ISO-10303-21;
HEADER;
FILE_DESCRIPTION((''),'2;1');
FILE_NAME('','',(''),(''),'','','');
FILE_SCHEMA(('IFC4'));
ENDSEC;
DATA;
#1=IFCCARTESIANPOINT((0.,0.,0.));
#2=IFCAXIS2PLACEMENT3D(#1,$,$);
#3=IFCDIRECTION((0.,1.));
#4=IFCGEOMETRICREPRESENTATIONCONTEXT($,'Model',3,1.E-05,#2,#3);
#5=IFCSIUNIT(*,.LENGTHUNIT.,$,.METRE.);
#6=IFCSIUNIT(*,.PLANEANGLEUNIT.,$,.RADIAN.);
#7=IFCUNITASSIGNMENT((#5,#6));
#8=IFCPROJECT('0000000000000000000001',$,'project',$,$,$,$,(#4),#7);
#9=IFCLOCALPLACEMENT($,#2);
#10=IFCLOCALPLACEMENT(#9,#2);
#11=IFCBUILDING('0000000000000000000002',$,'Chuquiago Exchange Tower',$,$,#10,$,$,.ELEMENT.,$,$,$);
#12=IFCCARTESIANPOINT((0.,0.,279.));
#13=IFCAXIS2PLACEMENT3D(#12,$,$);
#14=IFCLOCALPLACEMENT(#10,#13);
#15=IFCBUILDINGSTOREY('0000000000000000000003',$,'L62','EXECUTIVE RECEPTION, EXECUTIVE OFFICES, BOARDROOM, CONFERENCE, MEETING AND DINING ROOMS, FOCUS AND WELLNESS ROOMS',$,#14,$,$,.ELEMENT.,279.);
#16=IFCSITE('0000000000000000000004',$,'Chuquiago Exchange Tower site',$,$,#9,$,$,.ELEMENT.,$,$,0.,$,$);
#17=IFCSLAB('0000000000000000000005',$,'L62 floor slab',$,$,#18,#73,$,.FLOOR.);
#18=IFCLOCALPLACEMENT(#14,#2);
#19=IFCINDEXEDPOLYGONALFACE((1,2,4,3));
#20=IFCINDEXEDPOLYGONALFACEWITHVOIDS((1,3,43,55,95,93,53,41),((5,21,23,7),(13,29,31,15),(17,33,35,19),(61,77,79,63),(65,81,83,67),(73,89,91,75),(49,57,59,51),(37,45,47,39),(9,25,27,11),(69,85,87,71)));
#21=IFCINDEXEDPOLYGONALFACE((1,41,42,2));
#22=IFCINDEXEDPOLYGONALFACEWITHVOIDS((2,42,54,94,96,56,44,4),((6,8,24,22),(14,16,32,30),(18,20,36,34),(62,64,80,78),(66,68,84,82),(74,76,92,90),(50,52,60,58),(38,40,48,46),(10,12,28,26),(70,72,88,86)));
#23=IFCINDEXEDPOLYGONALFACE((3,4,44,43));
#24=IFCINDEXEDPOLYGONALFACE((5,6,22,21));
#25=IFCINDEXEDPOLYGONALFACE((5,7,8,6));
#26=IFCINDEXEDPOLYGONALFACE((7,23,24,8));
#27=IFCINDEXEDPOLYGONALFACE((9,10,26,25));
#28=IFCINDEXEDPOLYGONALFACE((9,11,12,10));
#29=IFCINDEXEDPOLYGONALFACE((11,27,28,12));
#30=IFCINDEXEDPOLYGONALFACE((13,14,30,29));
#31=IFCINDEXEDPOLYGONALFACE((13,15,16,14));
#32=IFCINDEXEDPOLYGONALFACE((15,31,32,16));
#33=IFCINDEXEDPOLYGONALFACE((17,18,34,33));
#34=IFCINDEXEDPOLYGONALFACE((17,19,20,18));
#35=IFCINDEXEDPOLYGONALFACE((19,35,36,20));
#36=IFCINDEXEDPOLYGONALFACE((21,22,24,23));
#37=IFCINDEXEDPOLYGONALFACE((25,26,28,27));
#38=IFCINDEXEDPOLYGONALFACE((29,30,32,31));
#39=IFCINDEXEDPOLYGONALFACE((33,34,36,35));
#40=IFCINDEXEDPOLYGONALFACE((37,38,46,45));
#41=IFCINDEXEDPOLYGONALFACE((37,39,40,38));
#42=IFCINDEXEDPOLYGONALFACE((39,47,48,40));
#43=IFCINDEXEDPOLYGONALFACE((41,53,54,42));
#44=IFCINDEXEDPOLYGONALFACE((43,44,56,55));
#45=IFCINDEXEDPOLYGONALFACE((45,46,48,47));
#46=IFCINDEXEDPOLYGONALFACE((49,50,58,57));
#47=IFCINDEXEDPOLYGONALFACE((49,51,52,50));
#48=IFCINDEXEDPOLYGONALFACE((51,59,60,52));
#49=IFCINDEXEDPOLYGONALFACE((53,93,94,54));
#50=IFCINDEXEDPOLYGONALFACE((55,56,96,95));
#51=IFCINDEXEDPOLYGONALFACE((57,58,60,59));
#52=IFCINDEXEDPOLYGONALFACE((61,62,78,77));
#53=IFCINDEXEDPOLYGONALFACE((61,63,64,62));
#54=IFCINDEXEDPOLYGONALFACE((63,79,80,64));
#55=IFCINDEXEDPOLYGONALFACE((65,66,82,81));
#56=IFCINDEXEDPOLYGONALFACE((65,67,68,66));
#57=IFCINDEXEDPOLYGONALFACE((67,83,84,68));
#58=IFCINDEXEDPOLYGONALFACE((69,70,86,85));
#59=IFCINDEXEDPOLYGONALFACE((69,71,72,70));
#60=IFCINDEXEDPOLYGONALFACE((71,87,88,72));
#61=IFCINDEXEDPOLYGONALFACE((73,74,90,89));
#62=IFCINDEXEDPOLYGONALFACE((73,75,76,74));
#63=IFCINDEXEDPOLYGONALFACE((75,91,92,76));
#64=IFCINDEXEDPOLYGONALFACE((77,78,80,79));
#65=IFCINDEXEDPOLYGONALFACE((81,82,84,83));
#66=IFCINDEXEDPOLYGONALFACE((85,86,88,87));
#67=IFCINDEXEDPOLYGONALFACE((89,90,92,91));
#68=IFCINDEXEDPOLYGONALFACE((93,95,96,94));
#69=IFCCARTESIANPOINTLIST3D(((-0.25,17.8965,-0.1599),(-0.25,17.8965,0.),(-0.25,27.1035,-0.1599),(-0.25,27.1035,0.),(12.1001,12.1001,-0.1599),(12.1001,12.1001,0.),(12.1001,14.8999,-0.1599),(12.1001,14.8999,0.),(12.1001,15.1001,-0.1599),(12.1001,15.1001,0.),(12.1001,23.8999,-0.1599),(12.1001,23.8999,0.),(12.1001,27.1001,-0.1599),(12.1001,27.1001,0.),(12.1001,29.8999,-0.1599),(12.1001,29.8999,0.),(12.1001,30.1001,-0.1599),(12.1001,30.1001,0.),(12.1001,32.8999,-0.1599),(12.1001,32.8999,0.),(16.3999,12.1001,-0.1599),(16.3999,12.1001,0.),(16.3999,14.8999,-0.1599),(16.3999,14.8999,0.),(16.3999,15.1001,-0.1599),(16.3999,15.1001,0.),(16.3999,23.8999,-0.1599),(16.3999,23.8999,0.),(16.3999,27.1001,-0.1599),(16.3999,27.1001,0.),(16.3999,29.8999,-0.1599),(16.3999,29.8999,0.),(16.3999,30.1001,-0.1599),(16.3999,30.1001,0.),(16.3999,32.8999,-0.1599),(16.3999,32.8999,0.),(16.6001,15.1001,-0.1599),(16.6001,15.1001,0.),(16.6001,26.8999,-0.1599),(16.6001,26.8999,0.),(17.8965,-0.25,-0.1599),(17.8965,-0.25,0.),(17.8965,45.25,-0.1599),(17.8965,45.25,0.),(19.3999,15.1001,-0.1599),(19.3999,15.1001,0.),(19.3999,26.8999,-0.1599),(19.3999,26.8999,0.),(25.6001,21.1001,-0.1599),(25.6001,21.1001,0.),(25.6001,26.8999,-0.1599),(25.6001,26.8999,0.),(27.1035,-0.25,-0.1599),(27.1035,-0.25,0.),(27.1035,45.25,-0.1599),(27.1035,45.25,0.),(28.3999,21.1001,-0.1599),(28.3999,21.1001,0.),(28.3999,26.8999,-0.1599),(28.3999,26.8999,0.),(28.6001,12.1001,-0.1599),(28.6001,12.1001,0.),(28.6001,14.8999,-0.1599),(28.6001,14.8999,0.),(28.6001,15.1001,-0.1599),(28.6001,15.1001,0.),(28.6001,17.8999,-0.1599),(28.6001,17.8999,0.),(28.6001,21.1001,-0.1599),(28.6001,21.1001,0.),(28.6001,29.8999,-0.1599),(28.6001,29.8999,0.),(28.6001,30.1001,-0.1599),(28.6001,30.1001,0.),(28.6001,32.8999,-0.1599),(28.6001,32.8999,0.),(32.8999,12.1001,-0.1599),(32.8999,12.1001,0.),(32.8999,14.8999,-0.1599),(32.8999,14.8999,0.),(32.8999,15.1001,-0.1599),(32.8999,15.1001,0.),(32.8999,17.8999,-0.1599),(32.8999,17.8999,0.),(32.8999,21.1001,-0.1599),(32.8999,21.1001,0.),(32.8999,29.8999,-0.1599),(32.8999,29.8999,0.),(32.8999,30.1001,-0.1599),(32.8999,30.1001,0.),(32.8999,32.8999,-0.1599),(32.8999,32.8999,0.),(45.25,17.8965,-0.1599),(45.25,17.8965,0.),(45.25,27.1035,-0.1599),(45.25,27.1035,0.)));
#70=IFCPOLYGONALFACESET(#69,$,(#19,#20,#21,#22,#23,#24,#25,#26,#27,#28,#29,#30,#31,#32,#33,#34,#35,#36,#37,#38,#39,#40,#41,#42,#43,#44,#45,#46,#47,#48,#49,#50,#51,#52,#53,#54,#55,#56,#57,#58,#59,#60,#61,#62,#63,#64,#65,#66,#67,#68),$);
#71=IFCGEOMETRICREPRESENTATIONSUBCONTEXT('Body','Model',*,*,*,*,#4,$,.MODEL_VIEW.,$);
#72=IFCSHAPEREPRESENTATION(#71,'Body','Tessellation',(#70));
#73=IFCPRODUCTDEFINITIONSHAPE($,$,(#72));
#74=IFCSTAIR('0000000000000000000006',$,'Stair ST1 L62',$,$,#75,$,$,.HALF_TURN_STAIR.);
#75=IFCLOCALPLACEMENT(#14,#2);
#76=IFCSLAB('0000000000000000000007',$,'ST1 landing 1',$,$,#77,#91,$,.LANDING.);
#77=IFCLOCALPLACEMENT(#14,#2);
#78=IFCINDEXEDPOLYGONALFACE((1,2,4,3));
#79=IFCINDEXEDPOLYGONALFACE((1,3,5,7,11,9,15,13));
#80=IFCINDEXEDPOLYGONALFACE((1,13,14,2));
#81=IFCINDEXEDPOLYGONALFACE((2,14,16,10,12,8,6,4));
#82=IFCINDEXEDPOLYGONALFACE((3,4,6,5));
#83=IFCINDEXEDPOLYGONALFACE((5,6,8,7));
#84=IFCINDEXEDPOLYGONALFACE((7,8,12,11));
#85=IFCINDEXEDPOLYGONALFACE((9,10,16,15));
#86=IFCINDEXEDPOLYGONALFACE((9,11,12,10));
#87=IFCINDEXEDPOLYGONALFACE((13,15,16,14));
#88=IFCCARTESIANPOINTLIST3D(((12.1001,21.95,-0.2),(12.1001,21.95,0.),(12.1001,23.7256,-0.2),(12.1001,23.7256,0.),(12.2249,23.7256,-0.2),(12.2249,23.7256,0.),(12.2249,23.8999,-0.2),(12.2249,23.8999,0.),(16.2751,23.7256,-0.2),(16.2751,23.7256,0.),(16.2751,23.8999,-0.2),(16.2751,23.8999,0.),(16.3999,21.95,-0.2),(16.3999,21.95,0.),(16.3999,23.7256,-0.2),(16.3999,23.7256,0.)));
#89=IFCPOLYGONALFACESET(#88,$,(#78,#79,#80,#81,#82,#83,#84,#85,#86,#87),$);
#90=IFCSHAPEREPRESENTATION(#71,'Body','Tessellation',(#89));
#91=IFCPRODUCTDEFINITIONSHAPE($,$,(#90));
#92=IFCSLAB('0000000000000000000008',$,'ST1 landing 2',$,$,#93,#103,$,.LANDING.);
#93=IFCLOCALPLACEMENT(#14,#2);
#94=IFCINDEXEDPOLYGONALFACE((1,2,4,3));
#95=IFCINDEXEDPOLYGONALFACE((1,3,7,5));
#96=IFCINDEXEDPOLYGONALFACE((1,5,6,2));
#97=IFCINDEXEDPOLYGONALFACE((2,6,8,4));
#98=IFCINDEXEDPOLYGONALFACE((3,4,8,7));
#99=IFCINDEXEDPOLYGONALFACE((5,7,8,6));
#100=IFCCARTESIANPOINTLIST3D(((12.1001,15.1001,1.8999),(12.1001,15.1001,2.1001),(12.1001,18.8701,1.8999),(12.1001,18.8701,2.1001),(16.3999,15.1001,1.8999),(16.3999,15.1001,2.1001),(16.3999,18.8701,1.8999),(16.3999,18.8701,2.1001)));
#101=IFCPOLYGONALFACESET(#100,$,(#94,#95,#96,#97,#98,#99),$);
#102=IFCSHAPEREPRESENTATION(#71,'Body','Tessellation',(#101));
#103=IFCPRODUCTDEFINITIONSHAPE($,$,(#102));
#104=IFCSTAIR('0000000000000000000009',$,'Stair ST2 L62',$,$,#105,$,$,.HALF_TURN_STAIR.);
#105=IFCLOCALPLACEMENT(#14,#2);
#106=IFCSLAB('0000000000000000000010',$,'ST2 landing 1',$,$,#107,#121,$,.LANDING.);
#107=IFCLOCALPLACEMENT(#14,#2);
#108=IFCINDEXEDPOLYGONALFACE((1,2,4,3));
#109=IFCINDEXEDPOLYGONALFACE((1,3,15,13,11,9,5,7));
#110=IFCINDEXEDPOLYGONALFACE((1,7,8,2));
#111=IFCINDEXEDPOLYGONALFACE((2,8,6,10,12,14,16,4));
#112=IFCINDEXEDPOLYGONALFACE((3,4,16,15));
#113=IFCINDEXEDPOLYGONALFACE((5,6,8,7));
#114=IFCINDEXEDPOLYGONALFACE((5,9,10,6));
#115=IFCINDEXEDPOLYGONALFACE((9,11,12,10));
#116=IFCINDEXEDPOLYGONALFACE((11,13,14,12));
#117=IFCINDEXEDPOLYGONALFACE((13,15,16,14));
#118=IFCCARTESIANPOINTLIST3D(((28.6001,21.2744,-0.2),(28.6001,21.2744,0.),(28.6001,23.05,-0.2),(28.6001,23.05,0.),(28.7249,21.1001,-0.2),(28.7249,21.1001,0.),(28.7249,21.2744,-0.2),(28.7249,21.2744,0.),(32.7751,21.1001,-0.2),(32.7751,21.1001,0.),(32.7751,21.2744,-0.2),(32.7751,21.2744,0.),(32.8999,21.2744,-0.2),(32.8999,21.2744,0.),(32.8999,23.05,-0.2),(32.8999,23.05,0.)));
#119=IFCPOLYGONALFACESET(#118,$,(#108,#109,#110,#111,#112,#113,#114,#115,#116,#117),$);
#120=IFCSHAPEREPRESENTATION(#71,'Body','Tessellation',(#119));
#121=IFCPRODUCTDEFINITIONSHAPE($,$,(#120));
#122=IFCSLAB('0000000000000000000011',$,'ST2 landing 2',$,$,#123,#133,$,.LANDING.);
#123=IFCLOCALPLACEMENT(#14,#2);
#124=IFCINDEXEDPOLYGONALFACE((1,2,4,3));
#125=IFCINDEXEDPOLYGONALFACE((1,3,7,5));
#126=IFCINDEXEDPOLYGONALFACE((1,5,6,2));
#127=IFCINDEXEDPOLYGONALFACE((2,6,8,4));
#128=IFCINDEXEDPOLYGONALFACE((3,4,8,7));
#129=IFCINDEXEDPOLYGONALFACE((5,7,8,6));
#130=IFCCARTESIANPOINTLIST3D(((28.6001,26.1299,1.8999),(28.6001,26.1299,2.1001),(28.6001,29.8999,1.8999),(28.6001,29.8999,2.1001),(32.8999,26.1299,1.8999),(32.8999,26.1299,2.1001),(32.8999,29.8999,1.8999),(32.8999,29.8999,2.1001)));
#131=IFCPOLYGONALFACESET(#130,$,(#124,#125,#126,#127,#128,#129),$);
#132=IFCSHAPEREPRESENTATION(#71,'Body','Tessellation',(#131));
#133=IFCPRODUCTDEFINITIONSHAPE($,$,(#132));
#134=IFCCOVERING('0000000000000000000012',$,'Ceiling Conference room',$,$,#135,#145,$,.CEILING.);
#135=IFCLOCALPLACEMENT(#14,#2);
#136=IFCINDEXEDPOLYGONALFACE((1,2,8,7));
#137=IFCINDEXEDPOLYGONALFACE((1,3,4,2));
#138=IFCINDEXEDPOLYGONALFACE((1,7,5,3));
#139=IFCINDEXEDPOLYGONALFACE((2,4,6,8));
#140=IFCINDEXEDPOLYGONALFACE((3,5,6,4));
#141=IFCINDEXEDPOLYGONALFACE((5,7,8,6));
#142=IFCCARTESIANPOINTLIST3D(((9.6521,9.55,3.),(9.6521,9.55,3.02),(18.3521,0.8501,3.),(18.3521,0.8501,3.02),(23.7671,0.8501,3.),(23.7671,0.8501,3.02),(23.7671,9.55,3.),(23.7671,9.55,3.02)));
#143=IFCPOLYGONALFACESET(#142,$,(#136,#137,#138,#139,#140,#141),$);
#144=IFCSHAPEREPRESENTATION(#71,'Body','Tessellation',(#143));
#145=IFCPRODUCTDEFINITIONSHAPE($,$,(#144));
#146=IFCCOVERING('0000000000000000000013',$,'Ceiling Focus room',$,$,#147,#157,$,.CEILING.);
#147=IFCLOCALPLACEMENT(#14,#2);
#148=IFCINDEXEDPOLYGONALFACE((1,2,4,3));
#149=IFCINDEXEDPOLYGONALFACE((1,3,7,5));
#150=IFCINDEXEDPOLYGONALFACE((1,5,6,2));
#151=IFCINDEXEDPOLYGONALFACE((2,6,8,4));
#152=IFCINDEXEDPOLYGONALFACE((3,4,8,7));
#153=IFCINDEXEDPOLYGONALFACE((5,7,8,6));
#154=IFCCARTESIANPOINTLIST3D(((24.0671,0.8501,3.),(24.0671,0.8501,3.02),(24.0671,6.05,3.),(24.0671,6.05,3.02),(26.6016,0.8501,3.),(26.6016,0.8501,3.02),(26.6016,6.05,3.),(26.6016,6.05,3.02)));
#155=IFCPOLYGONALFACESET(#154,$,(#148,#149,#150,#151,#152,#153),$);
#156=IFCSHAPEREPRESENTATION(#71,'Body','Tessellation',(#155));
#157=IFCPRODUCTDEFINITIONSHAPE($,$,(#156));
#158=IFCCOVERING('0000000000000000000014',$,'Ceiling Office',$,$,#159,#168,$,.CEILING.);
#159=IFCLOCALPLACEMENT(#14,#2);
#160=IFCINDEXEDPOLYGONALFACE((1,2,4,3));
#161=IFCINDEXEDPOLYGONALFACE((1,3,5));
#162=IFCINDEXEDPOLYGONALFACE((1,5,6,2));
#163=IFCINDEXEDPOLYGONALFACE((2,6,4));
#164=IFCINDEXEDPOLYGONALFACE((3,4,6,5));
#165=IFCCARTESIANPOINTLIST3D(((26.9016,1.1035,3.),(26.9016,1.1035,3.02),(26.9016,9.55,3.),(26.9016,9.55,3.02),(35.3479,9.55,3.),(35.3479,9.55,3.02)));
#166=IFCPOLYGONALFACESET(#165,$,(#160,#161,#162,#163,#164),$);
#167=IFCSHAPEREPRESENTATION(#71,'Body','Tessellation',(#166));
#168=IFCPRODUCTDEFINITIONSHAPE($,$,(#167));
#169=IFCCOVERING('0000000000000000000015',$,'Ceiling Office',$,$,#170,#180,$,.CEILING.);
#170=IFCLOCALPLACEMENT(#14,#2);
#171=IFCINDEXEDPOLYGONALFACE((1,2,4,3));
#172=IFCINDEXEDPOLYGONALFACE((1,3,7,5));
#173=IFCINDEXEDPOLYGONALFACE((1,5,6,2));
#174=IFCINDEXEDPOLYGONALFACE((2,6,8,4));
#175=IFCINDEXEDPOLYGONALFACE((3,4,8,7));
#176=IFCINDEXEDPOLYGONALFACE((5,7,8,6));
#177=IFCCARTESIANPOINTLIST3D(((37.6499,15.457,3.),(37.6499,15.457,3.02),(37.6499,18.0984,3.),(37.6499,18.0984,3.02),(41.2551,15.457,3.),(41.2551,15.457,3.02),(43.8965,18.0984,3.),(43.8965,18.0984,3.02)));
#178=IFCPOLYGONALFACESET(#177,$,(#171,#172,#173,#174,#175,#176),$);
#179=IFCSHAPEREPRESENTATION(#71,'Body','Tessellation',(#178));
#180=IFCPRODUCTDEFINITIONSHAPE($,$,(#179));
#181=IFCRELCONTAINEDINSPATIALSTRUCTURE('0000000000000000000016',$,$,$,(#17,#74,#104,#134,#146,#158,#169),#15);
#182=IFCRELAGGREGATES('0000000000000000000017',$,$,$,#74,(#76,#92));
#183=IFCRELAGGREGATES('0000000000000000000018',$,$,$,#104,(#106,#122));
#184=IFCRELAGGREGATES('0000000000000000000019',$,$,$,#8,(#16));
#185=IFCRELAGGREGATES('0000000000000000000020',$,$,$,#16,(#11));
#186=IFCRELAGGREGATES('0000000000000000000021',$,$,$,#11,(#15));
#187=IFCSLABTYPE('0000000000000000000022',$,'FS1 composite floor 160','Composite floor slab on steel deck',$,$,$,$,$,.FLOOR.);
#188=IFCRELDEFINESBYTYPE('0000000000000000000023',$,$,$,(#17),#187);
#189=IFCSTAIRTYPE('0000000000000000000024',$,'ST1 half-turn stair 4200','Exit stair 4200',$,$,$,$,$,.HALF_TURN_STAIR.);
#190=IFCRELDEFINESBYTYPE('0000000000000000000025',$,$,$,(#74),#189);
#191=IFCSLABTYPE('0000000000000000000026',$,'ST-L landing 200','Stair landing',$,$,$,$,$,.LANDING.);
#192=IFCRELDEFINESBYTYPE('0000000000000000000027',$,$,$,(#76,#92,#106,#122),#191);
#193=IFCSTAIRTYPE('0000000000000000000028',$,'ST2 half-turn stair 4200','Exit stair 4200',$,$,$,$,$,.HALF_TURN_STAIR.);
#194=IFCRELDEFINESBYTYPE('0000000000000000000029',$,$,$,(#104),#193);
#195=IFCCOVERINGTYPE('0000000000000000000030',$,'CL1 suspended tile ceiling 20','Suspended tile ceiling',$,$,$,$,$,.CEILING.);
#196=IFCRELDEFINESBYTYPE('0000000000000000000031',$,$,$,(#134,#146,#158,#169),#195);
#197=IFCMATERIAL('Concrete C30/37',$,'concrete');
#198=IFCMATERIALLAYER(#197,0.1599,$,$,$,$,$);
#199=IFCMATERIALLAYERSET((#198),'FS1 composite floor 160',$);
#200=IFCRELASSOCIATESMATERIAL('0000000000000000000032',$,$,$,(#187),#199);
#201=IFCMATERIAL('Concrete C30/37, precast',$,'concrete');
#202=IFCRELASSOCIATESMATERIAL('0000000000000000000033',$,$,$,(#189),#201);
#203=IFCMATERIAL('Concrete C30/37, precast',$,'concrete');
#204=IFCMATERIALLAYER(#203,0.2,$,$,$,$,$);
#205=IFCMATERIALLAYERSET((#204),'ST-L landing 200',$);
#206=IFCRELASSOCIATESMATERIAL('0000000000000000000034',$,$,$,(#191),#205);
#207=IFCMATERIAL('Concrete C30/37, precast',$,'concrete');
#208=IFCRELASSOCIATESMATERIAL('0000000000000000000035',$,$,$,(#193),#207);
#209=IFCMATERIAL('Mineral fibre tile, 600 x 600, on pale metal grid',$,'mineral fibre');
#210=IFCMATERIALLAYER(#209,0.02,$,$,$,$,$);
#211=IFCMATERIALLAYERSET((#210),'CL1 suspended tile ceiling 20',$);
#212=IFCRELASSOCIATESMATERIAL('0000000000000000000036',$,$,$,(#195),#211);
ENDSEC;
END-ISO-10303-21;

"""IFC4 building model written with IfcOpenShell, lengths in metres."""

from ifc_helpers import new_model, si_unit, direction, frame, origin, place, context, subcontext, project, spatial, polyline, outline, extrude, material, layer, layer_set, type_object, element, aggregate, save


model = new_model("IFC4")

# Units and contexts
model_context = context("Model", 3, precision=1e-05, world=origin(), true_north=direction((0.0, 1.0)))
body_context = subcontext(model_context, "Body", "Model", "MODEL_VIEW")
ifc_project = project(units=[si_unit("LENGTHUNIT", "METRE"), si_unit("PLANEANGLEUNIT", "RADIAN")], contexts=[model_context])

# Site, building, storey
site_placement = place(None, origin())
site = spatial("IfcSite", under=ifc_project, at=site_placement, Name="Chuquiago Exchange Tower site", CompositionType="ELEMENT", RefElevation=0.0)
building_placement = place(site_placement, origin())
building = spatial("IfcBuilding", under=site, at=building_placement, Name="Chuquiago Exchange Tower", CompositionType="ELEMENT")
storey_placement = place(building_placement, frame((0.0, 0.0, 279.0)))
storey = spatial("IfcBuildingStorey", under=building, at=storey_placement, Name="L62", Description="EXECUTIVE RECEPTION, EXECUTIVE OFFICES, BOARDROOM, CONFERENCE, MEETING AND DINING ROOMS, FOCUS AND WELLNESS ROOMS", CompositionType="ELEMENT", Elevation=279.0)

# Slab
ifc_material_1 = material(Name="Concrete C30/37", Category="concrete")
ifc_layer_1 = layer(ifc_material_1, 0.1599)
ifc_layer_set_1 = layer_set([ifc_layer_1], Name="FS1 composite floor 160")
slab_type_1 = type_object("IfcSlabType", Name="FS1 composite floor 160", Description="Composite floor slab on steel deck", PredefinedType="FLOOR", material=ifc_layer_set_1)
slab_1_placement = place(storey_placement, frame((0.0, 0.0, -0.1599)))
element("IfcSlab", 1, at=slab_1_placement, inside=storey, type_object=slab_type_1, Name="L62 floor slab", PredefinedType="FLOOR", context=body_context, shape_type="SweptSolid", body=[
    extrude(outline(polyline([(17.8965, -0.25), (-0.25, 17.8965), (-0.25, 27.1035), (17.8965, 45.25), (27.1035, 45.25), (45.25, 27.1035), (45.25, 17.8965), (27.1035, -0.25), (17.8965, -0.25)]), holes=[polyline([(16.3999, 15.1001), (12.1001, 15.1001), (12.1001, 23.8999), (16.3999, 23.8999), (16.3999, 15.1001)]), polyline([(32.8999, 21.1001), (28.6001, 21.1001), (28.6001, 29.8999), (32.8999, 29.8999), (32.8999, 21.1001)]), polyline([(16.3999, 12.1001), (12.1001, 12.1001), (12.1001, 14.8999), (16.3999, 14.8999), (16.3999, 12.1001)]), polyline([(16.3999, 30.1001), (12.1001, 30.1001), (12.1001, 32.8999), (16.3999, 32.8999), (16.3999, 30.1001)]), polyline([(32.8999, 12.1001), (28.6001, 12.1001), (28.6001, 14.8999), (32.8999, 14.8999), (32.8999, 12.1001)]), polyline([(32.8999, 30.1001), (28.6001, 30.1001), (28.6001, 32.8999), (32.8999, 32.8999), (32.8999, 30.1001)]), polyline([(16.3999, 27.1001), (12.1001, 27.1001), (12.1001, 29.8999), (16.3999, 29.8999), (16.3999, 27.1001)]), polyline([(32.8999, 15.1001), (28.6001, 15.1001), (28.6001, 17.8999), (32.8999, 17.8999), (32.8999, 15.1001)]), polyline([(19.3999, 15.1001), (16.6001, 15.1001), (16.6001, 26.8999), (19.3999, 26.8999), (19.3999, 15.1001)]), polyline([(28.3999, 21.1001), (25.6001, 21.1001), (25.6001, 26.8999), (28.3999, 26.8999), (28.3999, 21.1001)])]), origin(), (0.0, 0.0, 1.0), 0.1599),
])

# Stairs, slabs
ifc_material_2 = material(Name="Concrete C30/37, precast", Category="concrete")
stair_type_1 = type_object("IfcStairType", Name="ST1 half-turn stair 4200", Description="Exit stair 4200", PredefinedType="HALF_TURN_STAIR", material=ifc_material_2)
stair_1_placement = place(storey_placement, origin())
stair_1 = element("IfcStair", 2, at=stair_1_placement, inside=storey, type_object=stair_type_1, Name="Stair ST1 L62", PredefinedType="HALF_TURN_STAIR")
ifc_material_3 = material(Name="Concrete C30/37, precast", Category="concrete")
ifc_layer_2 = layer(ifc_material_3, 0.2)
ifc_layer_set_2 = layer_set([ifc_layer_2], Name="ST-L landing 200")
slab_type_2 = type_object("IfcSlabType", Name="ST-L landing 200", Description="Stair landing", PredefinedType="LANDING", material=ifc_layer_set_2)
slab_2_placement = place(storey_placement, frame((0.0, 0.0, -0.2)))
slab_2 = element("IfcSlab", 3, at=slab_2_placement, type_object=slab_type_2, Name="ST1 landing 1", PredefinedType="LANDING", context=body_context, shape_type="SweptSolid", body=[
    extrude(outline(polyline([(12.2249, 23.8999), (16.2751, 23.8999), (16.2751, 23.7256), (16.3999, 23.7256), (16.3999, 21.95), (12.1001, 21.95), (12.1001, 23.7256), (12.2249, 23.7256), (12.2249, 23.8999)])), origin(), (0.0, 0.0, 1.0), 0.2),
])
slab_3_placement = place(storey_placement, frame((0.0, 0.0, 1.8999)))
slab_3 = element("IfcSlab", 4, at=slab_3_placement, type_object=slab_type_2, Name="ST1 landing 2", PredefinedType="LANDING", context=body_context, shape_type="SweptSolid", body=[
    extrude(outline(polyline([(12.1001, 18.8701), (16.3999, 18.8701), (16.3999, 15.1001), (12.1001, 15.1001), (12.1001, 18.8701)])), origin(), (0.0, 0.0, 1.0), 0.2002),
])
aggregate(stair_1, [slab_2, slab_3])
ifc_material_4 = material(Name="Concrete C30/37, precast", Category="concrete")
stair_type_2 = type_object("IfcStairType", Name="ST2 half-turn stair 4200", Description="Exit stair 4200", PredefinedType="HALF_TURN_STAIR", material=ifc_material_4)
stair_2_placement = place(storey_placement, origin())
stair_2 = element("IfcStair", 5, at=stair_2_placement, inside=storey, type_object=stair_type_2, Name="Stair ST2 L62", PredefinedType="HALF_TURN_STAIR")
slab_4_placement = place(storey_placement, frame((0.0, 0.0, -0.2)))
slab_4 = element("IfcSlab", 6, at=slab_4_placement, type_object=slab_type_2, Name="ST2 landing 1", PredefinedType="LANDING", context=body_context, shape_type="SweptSolid", body=[
    extrude(outline(polyline([(32.7751, 21.2744), (32.7751, 21.1001), (28.7249, 21.1001), (28.7249, 21.2744), (28.6001, 21.2744), (28.6001, 23.05), (32.8999, 23.05), (32.8999, 21.2744), (32.7751, 21.2744)])), origin(), (0.0, 0.0, 1.0), 0.2),
])
slab_5_placement = place(storey_placement, frame((0.0, 0.0, 1.8999)))
slab_5 = element("IfcSlab", 7, at=slab_5_placement, type_object=slab_type_2, Name="ST2 landing 2", PredefinedType="LANDING", context=body_context, shape_type="SweptSolid", body=[
    extrude(outline(polyline([(28.6001, 29.8999), (32.8999, 29.8999), (32.8999, 26.1299), (28.6001, 26.1299), (28.6001, 29.8999)])), origin(), (0.0, 0.0, 1.0), 0.2002),
])
aggregate(stair_2, [slab_4, slab_5])

# Coverings
ifc_material_5 = material(Name="Mineral fibre tile, 600 x 600, on pale metal grid", Category="mineral fibre")
ifc_layer_3 = layer(ifc_material_5, 0.02)
ifc_layer_set_3 = layer_set([ifc_layer_3], Name="CL1 suspended tile ceiling 20")
covering_type_1 = type_object("IfcCoveringType", Name="CL1 suspended tile ceiling 20", Description="Suspended tile ceiling", PredefinedType="CEILING", material=ifc_layer_set_3)
covering_1_placement = place(storey_placement, frame((0.0, 0.0, 3.0)))
element("IfcCovering", 8, at=covering_1_placement, inside=storey, type_object=covering_type_1, Name="Ceiling Conference room", PredefinedType="CEILING", context=body_context, shape_type="SweptSolid", body=[
    extrude(outline(polyline([(23.7671, 9.55), (23.7671, 0.8501), (18.3521, 0.8501), (9.6521, 9.55), (23.7671, 9.55)])), origin(), (0.0, 0.0, 1.0), 0.02),
])
covering_2_placement = place(storey_placement, frame((0.0, 0.0, 3.0)))
element("IfcCovering", 9, at=covering_2_placement, inside=storey, type_object=covering_type_1, Name="Ceiling Focus room", PredefinedType="CEILING", context=body_context, shape_type="SweptSolid", body=[
    extrude(outline(polyline([(24.0671, 0.8501), (24.0671, 6.05), (26.6016, 6.05), (26.6016, 0.8501), (24.0671, 0.8501)])), origin(), (0.0, 0.0, 1.0), 0.02),
])
covering_3_placement = place(storey_placement, frame((0.0, 0.0, 3.0)))
element("IfcCovering", 10, at=covering_3_placement, inside=storey, type_object=covering_type_1, Name="Ceiling Office", PredefinedType="CEILING", context=body_context, shape_type="SweptSolid", body=[
    extrude(outline(polyline([(26.9016, 9.55), (35.3479, 9.55), (26.9016, 1.1035), (26.9016, 9.55)])), origin(), (0.0, 0.0, 1.0), 0.02),
])
covering_4_placement = place(storey_placement, frame((0.0, 0.0, 3.0)))
element("IfcCovering", 11, at=covering_4_placement, inside=storey, type_object=covering_type_1, Name="Ceiling Office", PredefinedType="CEILING", context=body_context, shape_type="SweptSolid", body=[
    extrude(outline(polyline([(37.6499, 15.457), (37.6499, 18.0984), (43.8965, 18.0984), (41.2551, 15.457), (37.6499, 15.457)])), origin(), (0.0, 0.0, 1.0), 0.02),
])

save(model, "model.ifc")
